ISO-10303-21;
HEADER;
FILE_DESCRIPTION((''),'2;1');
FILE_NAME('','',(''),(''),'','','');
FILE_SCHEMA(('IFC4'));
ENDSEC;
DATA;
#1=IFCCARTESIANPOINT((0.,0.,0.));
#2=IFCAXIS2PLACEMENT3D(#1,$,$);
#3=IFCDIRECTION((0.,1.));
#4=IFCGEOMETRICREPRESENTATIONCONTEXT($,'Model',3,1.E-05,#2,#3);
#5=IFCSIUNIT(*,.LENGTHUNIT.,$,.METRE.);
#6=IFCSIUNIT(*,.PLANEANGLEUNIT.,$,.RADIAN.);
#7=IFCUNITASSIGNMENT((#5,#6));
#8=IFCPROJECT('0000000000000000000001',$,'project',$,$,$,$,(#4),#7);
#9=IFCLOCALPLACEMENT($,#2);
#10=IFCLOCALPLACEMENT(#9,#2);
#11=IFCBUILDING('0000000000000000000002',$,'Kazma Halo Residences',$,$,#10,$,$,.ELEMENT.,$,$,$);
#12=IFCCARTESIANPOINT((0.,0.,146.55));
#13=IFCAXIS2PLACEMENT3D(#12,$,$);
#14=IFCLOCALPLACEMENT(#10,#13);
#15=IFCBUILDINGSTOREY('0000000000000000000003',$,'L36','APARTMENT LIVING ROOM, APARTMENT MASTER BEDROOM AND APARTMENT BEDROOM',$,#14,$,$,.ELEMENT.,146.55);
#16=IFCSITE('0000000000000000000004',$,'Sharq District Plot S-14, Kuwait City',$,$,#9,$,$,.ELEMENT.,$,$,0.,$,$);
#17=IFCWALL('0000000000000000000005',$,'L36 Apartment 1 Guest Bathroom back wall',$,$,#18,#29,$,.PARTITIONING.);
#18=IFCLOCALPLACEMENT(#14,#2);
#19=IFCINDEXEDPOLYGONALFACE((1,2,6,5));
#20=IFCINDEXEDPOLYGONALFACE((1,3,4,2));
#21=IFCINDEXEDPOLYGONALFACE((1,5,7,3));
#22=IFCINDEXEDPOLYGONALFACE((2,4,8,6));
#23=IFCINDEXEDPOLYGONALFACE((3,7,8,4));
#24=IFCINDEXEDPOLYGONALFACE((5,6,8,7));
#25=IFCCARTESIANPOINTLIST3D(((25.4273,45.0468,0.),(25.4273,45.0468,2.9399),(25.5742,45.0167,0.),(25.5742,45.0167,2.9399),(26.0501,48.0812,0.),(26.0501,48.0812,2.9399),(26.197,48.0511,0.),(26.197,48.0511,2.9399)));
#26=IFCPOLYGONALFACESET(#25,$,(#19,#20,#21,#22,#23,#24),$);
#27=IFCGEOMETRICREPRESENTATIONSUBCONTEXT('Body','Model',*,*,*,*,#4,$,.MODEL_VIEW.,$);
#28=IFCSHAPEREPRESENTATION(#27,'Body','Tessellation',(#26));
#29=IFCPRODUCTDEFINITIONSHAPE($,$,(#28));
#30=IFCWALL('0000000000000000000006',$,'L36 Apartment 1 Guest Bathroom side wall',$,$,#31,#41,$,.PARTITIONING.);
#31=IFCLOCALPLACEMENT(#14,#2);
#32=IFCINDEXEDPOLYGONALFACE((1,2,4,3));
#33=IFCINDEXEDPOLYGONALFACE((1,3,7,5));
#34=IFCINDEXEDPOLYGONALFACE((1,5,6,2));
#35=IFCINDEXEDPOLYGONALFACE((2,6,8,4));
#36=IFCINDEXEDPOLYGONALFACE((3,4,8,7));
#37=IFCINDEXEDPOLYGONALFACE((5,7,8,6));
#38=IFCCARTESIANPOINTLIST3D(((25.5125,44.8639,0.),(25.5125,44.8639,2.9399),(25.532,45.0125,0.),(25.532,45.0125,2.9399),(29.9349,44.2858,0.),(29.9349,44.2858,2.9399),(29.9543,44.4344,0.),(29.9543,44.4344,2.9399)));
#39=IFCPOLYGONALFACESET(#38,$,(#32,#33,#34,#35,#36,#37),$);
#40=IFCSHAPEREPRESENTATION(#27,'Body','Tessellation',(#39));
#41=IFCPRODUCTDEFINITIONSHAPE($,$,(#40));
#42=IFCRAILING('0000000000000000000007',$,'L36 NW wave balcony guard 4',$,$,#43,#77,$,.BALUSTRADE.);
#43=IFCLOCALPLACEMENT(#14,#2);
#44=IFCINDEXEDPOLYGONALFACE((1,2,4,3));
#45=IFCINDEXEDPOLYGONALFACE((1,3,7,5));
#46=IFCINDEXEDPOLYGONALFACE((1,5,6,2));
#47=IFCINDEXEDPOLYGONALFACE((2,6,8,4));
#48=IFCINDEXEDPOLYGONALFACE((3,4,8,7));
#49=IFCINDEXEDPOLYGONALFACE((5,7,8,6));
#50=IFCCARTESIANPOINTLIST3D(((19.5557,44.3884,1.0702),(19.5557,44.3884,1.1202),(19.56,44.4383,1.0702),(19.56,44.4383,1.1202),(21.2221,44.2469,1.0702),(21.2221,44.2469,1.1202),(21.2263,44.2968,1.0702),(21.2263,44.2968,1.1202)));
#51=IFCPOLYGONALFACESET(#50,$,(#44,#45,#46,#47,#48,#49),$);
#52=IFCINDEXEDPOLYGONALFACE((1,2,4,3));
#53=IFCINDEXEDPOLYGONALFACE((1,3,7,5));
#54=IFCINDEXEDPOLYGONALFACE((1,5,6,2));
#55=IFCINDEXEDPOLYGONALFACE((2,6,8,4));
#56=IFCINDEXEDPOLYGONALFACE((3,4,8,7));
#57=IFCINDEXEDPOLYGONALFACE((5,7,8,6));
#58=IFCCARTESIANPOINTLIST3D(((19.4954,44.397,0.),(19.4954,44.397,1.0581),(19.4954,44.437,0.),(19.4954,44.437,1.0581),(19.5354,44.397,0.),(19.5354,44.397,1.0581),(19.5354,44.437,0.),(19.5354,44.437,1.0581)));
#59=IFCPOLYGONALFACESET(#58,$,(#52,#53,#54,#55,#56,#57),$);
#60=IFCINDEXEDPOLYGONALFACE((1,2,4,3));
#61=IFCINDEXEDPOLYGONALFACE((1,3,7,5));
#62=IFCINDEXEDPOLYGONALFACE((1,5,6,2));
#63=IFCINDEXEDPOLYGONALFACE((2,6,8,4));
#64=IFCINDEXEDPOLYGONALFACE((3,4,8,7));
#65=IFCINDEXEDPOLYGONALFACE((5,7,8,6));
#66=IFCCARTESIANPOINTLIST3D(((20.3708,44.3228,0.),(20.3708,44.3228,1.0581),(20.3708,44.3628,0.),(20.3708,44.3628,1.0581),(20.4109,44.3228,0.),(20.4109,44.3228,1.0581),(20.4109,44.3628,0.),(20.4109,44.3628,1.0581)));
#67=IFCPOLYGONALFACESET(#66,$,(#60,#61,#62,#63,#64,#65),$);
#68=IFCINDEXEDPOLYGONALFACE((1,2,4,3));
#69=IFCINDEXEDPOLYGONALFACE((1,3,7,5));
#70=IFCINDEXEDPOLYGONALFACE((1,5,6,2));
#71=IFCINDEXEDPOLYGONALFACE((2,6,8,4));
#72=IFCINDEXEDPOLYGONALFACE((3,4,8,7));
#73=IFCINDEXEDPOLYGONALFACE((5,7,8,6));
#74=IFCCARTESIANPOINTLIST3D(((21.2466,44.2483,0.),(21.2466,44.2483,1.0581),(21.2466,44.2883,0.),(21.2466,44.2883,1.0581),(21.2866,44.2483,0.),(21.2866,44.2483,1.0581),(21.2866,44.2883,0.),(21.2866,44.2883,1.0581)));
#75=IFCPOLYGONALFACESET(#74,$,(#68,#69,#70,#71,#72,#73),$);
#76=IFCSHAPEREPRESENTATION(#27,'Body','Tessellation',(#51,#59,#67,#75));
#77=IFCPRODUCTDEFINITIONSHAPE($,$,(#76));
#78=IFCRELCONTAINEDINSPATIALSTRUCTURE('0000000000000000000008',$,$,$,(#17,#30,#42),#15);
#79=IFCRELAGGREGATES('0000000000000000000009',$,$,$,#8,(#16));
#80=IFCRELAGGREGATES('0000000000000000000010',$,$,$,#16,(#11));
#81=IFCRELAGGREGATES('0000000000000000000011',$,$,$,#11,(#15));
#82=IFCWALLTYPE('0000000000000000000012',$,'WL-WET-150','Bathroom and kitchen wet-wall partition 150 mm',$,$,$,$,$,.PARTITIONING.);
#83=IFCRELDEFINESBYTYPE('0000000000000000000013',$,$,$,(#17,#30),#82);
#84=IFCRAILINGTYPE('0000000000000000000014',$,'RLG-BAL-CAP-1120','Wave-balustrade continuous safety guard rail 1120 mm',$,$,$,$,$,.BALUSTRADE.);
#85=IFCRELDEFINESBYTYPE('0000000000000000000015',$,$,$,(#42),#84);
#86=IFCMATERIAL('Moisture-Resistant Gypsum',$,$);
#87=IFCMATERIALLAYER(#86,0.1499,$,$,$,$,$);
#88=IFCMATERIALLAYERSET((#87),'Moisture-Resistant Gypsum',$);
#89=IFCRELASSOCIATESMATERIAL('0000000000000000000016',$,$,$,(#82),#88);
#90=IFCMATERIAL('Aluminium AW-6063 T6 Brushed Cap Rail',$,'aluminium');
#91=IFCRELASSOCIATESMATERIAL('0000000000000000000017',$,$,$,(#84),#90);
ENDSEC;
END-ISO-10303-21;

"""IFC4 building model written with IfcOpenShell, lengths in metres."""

from ifc_helpers import new_model, si_unit, direction, frame, frame_2d, origin, origin_2d, place, context, subcontext, project, spatial, rectangle, extrude, material, layer, layer_set, type_object, element, save


model = new_model("IFC4")

# Units and contexts
model_context = context("Model", 3, precision=1e-05, world=origin(), true_north=direction((0.0, 1.0)))
body_context = subcontext(model_context, "Body", "Model", "MODEL_VIEW")
ifc_project = project(units=[si_unit("LENGTHUNIT", "METRE"), si_unit("PLANEANGLEUNIT", "RADIAN")], contexts=[model_context])

# Site, building, storey
site_placement = place(None, origin())
site = spatial("IfcSite", under=ifc_project, at=site_placement, Name="Sharq District Plot S-14, Kuwait City", CompositionType="ELEMENT", RefElevation=0.0)
building_placement = place(site_placement, origin())
building = spatial("IfcBuilding", under=site, at=building_placement, Name="Kazma Halo Residences", CompositionType="ELEMENT")
storey_placement = place(building_placement, frame((0.0, 0.0, 146.55)))
storey = spatial("IfcBuildingStorey", under=building, at=storey_placement, Name="L36", Description="APARTMENT LIVING ROOM, APARTMENT MASTER BEDROOM AND APARTMENT BEDROOM", CompositionType="ELEMENT", Elevation=146.55)

# Shared definitions
ifc_material_1 = material(Name="Moisture-Resistant Gypsum")
ifc_layer_1 = layer(ifc_material_1, 0.1499)
ifc_layer_set_1 = layer_set([ifc_layer_1], Name="Moisture-Resistant Gypsum")
wall_type_1 = type_object("IfcWallType", Name="WL-WET-150", Description="Bathroom and kitchen wet-wall partition 150 mm", PredefinedType="PARTITIONING", material=ifc_layer_set_1)

# Walls
wall_1_placement = place(storey_placement, frame((26.1235, 48.0662, 0.0), z_axis=(0.0, 0.0, 1.0), x_axis=(-0.201055, -0.97958, 0.0)))
element("IfcWall", 1, at=wall_1_placement, inside=storey, type_object=wall_type_1, Name="L36 Apartment 1 Guest Bathroom back wall", PredefinedType="PARTITIONING", context=body_context, shape_type="SweptSolid", body=[
    extrude(rectangle(XDim=3.0977, YDim=0.1499, at=frame_2d((1.5488, 0.0))), origin(), (0.0, 0.0, 1.0), 2.9399),
])
wall_2_placement = place(storey_placement, frame((29.9446, 44.3601, 0.0), z_axis=(0.0, 0.0, 1.0), x_axis=(-0.991563, 0.129625, 0.0)))
element("IfcWall", 2, at=wall_2_placement, inside=storey, type_object=wall_type_1, Name="L36 Apartment 1 Guest Bathroom side wall", PredefinedType="PARTITIONING", context=body_context, shape_type="SweptSolid", body=[
    extrude(rectangle(XDim=4.46, YDim=0.1499, at=frame_2d((2.23, 0.0))), origin(), (0.0, 0.0, 1.0), 2.9399),
])

# Railing
ifc_material_2 = material(Name="Aluminium AW-6063 T6 Brushed Cap Rail", Category="aluminium")
railing_type = type_object("IfcRailingType", Name="RLG-BAL-CAP-1120", Description="Wave-balustrade continuous safety guard rail 1120 mm", PredefinedType="BALUSTRADE", material=ifc_material_2)
railing_placement = place(storey_placement, frame((19.5154, 44.417, 0.0)))
element("IfcRailing", 3, at=railing_placement, inside=storey, type_object=railing_type, Name="L36 NW wave balcony guard 4", PredefinedType="BALUSTRADE", context=body_context, shape_type="SweptSolid", body=[
    extrude(rectangle(XDim=0.05, YDim=0.05, at=origin_2d()), frame((0.0425, -0.0037, 1.0952), z_axis=(0.996415, -0.084597, 0.0), x_axis=(0.084597, 0.996415, 0.0)), (0.0, 0.0, 1.0), 1.6724),
    extrude(rectangle(XDim=0.04, YDim=0.04, at=origin_2d()), origin(), (0.0, 0.0, 1.0), 1.0581),
    extrude(rectangle(XDim=0.04, YDim=0.04, at=origin_2d()), frame((0.8755, -0.0742, 0.0)), (0.0, 0.0, 1.0), 1.0581),
    extrude(rectangle(XDim=0.04, YDim=0.04, at=origin_2d()), frame((1.7512, -0.1487, 0.0)), (0.0, 0.0, 1.0), 1.0581),
])

save(model, "model.ifc")
